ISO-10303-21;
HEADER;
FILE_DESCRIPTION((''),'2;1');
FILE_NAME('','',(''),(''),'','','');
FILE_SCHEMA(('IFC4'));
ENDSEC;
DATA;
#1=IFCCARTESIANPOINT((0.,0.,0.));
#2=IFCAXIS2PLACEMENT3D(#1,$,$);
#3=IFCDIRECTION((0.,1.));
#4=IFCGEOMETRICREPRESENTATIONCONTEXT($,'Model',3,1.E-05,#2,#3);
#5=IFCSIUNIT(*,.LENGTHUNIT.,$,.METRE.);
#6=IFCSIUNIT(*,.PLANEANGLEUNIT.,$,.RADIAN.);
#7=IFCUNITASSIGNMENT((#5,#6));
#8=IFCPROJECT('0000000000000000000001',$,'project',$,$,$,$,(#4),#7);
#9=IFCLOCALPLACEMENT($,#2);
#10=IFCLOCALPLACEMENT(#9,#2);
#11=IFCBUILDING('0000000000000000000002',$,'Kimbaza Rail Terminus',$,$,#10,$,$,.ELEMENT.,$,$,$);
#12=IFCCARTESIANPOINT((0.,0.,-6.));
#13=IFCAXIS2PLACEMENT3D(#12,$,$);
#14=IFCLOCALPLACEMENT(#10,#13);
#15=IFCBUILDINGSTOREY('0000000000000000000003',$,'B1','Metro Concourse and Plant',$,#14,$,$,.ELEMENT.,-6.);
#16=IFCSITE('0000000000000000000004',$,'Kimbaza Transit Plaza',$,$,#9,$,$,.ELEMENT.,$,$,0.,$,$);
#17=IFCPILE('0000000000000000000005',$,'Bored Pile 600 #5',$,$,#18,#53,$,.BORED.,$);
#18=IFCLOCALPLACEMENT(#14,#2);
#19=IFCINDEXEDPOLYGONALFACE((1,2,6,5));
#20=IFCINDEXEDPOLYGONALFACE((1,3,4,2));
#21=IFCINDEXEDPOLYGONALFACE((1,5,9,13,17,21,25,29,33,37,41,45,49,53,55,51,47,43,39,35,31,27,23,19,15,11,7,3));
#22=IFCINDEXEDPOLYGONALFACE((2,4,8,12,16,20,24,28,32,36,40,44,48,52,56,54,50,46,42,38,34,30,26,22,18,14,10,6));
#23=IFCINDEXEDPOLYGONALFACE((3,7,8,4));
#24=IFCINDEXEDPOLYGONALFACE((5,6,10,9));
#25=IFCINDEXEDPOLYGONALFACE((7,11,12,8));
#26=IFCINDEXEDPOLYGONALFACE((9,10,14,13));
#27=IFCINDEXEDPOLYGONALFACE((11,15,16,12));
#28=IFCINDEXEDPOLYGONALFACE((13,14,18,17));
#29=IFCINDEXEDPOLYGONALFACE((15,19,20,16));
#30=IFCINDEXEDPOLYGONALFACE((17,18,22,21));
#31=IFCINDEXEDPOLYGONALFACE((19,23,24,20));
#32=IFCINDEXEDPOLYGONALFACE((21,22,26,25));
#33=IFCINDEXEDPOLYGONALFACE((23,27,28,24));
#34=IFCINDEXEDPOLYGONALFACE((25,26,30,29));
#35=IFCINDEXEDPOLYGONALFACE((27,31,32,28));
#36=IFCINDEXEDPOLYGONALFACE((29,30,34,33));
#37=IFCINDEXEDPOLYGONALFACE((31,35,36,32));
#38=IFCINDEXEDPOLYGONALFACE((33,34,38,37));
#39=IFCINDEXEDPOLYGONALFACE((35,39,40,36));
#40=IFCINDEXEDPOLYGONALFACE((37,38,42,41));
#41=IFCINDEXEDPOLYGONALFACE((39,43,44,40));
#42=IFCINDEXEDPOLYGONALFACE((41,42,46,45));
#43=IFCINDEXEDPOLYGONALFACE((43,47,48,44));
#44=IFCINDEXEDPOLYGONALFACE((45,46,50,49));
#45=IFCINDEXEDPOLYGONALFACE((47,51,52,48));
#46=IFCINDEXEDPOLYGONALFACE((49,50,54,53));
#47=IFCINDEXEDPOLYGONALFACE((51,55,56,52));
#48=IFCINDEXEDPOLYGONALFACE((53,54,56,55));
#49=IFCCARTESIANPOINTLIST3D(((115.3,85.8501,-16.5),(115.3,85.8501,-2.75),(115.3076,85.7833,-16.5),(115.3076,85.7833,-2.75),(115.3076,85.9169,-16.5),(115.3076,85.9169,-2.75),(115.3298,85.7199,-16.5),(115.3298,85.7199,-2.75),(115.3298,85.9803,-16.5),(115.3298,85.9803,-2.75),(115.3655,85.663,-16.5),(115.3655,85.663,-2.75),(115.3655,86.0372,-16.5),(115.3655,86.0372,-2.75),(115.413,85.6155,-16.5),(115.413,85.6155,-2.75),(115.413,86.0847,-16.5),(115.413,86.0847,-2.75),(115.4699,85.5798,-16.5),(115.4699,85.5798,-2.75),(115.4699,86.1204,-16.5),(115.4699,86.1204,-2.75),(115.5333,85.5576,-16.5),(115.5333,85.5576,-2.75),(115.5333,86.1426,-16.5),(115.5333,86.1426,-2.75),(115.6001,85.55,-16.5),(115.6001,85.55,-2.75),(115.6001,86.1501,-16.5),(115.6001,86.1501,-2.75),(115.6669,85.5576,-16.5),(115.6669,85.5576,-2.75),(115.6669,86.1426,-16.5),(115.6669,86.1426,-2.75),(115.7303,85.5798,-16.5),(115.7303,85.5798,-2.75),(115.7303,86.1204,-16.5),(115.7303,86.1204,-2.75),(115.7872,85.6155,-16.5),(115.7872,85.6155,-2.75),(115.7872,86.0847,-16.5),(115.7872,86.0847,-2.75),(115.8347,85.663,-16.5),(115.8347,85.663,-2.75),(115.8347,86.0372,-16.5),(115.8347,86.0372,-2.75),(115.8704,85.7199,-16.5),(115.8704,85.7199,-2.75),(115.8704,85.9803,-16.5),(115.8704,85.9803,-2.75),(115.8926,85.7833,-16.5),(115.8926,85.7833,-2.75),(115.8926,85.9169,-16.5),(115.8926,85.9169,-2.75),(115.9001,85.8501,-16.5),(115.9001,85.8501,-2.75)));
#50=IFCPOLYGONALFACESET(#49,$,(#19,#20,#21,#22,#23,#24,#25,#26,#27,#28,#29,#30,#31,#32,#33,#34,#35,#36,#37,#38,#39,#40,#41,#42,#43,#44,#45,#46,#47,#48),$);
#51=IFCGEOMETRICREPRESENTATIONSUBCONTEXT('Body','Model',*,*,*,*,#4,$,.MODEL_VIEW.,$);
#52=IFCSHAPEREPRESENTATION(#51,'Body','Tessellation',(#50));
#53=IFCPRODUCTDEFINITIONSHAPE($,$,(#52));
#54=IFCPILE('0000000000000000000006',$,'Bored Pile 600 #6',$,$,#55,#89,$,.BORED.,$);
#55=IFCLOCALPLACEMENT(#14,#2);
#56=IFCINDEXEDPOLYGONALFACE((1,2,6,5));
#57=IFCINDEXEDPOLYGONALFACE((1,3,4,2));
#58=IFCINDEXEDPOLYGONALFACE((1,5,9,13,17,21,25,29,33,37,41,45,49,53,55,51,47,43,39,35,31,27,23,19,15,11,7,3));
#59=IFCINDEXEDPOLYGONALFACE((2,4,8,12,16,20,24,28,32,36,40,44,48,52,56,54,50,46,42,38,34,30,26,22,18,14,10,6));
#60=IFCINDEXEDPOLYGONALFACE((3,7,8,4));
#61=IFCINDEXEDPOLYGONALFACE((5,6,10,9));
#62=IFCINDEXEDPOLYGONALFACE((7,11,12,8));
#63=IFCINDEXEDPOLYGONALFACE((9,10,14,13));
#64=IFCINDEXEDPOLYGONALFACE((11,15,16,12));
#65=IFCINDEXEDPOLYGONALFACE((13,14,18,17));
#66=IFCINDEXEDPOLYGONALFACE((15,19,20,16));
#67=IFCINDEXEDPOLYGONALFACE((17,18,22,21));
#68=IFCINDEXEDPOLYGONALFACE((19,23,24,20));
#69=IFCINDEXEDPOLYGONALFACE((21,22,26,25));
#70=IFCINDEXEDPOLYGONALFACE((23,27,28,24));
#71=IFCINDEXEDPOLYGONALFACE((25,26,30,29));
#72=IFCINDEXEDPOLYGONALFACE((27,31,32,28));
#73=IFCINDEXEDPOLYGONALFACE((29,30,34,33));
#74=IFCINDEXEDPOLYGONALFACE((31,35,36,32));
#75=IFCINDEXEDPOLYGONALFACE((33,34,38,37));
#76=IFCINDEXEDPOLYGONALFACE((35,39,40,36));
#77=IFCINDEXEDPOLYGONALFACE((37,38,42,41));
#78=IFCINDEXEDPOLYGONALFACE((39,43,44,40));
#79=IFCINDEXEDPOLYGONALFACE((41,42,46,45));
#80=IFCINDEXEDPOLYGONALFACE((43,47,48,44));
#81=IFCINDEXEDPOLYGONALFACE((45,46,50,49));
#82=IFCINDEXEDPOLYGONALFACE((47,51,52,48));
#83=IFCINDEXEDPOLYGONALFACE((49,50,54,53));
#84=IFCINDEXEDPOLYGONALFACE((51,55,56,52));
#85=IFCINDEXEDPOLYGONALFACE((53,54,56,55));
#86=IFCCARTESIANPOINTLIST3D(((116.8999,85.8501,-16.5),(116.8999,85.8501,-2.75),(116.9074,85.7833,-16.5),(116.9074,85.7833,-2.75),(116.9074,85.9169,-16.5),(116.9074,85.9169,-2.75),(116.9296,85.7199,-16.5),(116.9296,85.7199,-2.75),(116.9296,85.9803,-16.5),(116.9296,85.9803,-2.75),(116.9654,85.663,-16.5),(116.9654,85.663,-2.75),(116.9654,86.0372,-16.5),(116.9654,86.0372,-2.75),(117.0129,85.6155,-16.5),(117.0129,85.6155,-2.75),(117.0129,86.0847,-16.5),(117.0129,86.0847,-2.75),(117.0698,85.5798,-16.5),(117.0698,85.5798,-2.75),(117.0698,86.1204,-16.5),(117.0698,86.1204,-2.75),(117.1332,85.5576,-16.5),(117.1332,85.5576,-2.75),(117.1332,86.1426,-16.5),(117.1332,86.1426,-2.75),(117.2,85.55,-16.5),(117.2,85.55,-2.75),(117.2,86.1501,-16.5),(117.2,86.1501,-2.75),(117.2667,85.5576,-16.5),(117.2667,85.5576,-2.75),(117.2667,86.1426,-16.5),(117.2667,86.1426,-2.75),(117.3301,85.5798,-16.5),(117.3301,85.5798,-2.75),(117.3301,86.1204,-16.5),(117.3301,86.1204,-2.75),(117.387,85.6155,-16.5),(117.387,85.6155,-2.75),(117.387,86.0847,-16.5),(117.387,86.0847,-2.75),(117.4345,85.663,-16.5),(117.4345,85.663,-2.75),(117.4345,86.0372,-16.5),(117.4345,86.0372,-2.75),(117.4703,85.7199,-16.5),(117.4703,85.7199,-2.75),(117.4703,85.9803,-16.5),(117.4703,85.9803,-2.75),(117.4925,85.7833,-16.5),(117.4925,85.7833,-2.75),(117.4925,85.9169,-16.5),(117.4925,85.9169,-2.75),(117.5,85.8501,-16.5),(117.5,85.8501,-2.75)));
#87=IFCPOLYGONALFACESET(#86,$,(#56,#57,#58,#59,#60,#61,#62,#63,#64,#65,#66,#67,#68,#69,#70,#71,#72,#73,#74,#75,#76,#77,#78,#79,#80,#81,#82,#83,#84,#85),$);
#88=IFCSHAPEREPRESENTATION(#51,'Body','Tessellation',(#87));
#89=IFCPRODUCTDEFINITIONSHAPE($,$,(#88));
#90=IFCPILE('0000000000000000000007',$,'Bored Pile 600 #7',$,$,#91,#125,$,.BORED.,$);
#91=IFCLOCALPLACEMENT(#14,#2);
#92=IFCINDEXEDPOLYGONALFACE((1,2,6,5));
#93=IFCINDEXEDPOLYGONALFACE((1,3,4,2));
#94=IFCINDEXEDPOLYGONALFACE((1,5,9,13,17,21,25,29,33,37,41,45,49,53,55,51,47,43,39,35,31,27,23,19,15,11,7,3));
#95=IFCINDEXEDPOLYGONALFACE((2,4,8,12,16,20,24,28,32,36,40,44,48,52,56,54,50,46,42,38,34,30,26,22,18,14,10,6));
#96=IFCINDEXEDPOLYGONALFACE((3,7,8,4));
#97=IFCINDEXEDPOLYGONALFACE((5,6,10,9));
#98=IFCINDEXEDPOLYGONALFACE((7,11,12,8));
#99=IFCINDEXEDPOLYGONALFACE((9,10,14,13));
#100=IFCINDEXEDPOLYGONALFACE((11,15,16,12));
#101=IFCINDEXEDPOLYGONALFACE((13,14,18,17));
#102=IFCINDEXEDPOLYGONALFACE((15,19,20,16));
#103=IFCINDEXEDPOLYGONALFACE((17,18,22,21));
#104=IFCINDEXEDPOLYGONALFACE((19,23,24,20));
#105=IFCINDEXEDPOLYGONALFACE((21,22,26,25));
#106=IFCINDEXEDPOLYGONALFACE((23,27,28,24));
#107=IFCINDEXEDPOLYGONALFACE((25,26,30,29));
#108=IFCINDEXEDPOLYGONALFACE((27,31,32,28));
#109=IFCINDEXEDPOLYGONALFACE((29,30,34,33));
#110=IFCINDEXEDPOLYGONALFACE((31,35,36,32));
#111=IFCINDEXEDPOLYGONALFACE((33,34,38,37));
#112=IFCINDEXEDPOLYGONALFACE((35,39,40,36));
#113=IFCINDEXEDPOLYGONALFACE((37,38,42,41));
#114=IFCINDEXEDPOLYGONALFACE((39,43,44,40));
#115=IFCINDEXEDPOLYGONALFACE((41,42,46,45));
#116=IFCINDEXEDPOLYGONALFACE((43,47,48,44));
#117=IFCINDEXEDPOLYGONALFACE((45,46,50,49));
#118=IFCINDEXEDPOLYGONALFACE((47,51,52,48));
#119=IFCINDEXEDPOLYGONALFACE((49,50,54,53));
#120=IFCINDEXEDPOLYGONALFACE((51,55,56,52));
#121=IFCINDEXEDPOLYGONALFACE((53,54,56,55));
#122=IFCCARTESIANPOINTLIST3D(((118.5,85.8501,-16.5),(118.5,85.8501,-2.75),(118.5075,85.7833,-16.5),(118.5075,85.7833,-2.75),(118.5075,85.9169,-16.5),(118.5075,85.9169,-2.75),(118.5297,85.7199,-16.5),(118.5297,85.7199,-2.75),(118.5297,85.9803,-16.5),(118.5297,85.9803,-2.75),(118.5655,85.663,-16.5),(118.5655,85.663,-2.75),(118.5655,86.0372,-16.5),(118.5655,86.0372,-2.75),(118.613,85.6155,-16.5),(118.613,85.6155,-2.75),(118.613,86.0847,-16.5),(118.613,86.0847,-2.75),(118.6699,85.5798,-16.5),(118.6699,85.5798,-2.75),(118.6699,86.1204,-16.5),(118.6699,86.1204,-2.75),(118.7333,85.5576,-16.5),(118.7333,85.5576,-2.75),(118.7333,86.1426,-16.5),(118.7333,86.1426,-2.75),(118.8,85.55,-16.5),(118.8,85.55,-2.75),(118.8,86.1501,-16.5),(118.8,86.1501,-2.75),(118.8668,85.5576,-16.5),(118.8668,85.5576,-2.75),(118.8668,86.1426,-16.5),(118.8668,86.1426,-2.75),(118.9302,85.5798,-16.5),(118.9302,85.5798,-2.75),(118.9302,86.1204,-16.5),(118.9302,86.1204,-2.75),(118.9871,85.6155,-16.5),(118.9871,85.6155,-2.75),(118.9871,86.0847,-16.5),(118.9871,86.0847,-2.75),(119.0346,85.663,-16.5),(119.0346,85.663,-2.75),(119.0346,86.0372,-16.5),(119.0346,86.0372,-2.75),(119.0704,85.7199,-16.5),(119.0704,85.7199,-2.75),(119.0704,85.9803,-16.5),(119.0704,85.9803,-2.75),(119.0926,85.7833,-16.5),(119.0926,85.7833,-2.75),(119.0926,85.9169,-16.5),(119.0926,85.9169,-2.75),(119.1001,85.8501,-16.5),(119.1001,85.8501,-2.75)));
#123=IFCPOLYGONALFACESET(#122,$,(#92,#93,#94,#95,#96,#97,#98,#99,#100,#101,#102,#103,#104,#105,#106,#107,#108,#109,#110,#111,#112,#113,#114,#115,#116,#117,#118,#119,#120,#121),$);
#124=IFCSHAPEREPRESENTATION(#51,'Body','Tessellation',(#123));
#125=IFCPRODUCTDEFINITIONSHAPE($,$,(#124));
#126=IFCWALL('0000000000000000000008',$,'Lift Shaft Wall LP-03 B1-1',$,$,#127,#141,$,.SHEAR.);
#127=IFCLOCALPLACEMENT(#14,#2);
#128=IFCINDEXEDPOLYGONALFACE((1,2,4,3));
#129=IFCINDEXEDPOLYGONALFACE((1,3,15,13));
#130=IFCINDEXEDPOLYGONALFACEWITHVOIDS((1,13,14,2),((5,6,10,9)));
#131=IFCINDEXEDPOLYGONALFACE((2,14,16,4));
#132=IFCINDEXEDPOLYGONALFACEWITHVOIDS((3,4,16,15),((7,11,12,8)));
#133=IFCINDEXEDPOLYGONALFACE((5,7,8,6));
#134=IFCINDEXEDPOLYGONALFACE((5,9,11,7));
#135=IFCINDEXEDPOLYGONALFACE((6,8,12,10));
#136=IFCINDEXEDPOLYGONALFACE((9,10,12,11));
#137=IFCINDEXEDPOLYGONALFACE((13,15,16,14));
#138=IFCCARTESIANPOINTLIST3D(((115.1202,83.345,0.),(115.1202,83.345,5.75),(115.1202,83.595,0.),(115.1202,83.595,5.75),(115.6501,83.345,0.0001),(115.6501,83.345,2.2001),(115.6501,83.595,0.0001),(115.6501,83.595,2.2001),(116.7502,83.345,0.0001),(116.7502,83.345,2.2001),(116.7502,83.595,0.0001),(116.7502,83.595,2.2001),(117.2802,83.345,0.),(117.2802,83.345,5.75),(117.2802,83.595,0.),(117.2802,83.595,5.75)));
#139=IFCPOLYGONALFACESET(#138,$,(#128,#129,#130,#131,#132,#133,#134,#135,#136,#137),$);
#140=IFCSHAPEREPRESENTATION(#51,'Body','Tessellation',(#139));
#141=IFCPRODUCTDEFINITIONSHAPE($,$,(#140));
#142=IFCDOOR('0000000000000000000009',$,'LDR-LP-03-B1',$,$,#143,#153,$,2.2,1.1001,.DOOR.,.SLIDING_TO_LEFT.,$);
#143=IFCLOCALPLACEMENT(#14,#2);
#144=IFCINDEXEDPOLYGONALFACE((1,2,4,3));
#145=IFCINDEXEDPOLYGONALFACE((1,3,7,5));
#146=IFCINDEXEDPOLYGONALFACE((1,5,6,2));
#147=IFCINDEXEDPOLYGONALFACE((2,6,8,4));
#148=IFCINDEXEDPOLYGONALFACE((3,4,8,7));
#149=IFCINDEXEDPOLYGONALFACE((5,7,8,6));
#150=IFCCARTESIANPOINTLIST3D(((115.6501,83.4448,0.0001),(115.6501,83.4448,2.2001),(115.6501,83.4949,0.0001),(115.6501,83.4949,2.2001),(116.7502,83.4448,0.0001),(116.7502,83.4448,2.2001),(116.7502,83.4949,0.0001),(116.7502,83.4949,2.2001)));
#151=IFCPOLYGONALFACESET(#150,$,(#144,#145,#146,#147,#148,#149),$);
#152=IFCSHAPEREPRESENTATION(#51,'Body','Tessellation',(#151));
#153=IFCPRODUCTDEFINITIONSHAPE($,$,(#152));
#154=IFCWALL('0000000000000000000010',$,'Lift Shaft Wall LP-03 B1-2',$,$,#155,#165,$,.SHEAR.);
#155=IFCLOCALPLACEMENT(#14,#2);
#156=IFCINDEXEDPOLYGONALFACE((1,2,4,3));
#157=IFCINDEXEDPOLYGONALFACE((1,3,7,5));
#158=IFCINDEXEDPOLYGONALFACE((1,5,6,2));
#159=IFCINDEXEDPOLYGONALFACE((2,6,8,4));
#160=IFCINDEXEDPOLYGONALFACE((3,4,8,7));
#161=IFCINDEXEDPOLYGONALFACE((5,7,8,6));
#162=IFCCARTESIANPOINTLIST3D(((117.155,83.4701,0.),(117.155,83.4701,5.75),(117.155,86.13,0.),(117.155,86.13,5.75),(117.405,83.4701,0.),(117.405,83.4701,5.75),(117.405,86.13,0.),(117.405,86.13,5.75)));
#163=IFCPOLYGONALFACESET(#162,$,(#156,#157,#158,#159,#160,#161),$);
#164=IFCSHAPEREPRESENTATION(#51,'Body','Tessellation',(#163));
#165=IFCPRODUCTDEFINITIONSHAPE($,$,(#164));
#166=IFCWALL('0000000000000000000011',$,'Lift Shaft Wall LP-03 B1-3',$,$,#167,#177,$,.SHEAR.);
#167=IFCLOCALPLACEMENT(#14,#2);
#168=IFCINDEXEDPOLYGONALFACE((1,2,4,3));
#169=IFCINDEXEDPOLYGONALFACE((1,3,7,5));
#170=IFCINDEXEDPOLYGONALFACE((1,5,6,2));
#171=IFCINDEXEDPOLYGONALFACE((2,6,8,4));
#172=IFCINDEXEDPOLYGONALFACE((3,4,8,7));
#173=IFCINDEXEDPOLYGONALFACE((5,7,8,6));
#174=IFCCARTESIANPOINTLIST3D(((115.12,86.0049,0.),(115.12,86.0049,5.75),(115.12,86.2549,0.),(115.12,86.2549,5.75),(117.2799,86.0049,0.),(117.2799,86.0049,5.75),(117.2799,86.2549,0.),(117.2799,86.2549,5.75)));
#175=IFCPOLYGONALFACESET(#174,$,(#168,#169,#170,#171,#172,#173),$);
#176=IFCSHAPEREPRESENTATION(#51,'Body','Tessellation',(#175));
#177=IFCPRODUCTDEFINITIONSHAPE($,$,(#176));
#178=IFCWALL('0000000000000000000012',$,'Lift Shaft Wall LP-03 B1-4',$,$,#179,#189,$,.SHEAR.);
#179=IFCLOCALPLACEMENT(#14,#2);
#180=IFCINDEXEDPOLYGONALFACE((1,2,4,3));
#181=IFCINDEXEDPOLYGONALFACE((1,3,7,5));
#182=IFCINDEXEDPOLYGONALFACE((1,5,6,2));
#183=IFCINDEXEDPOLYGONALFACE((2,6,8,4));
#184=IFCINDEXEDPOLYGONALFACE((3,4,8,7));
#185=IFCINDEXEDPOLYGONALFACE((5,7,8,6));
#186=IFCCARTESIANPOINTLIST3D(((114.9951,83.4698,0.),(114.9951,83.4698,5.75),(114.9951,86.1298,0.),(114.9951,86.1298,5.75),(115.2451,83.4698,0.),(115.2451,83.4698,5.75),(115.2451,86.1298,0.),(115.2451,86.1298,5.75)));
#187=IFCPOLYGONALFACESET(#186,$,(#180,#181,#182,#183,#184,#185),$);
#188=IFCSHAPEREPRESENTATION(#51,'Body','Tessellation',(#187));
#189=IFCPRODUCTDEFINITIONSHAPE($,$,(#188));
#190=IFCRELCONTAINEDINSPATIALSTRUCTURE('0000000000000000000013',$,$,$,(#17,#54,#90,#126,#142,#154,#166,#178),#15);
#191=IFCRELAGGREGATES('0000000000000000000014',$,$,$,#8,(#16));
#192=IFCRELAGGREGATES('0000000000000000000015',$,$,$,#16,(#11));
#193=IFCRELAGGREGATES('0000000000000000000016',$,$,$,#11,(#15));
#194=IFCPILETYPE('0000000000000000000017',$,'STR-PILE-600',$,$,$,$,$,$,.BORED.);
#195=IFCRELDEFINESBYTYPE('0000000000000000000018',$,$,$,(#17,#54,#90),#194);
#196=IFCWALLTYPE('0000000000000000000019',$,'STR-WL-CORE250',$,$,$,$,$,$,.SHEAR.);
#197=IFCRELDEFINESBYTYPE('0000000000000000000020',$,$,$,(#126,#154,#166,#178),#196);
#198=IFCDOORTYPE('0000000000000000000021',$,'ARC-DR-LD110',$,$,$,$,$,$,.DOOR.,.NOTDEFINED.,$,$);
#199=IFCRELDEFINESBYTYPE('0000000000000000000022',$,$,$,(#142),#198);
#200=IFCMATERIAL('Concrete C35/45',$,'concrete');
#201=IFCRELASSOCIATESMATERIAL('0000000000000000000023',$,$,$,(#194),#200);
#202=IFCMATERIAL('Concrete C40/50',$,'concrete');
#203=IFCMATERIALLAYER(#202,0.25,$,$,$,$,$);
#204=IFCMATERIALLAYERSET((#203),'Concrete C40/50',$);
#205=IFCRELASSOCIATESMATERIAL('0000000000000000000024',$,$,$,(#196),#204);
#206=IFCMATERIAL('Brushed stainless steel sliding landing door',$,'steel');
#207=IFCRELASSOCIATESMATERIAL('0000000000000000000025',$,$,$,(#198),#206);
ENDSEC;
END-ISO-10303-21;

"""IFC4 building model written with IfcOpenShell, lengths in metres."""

from ifc_helpers import new_model, si_unit, direction, frame, frame_2d, origin, origin_2d, place, context, subcontext, project, spatial, rectangle, circle, extrude, material, layer, layer_set, material_profile, profile_set, type_object, element, fill, save


model = new_model("IFC4")

# Units and contexts
model_context = context("Model", 3, precision=1e-05, world=origin(), true_north=direction((0.0, 1.0)))
body_context = subcontext(model_context, "Body", "Model", "MODEL_VIEW")
ifc_project = project(units=[si_unit("LENGTHUNIT", "METRE"), si_unit("PLANEANGLEUNIT", "RADIAN")], contexts=[model_context])

# Site, building, storey
site_placement = place(None, origin())
site = spatial("IfcSite", under=ifc_project, at=site_placement, Name="Kimbaza Transit Plaza", CompositionType="ELEMENT", RefElevation=0.0)
building_placement = place(site_placement, origin())
building = spatial("IfcBuilding", under=site, at=building_placement, Name="Kimbaza Rail Terminus", CompositionType="ELEMENT")
storey_placement = place(building_placement, frame((0.0, 0.0, -6.0)))
storey = spatial("IfcBuildingStorey", under=building, at=storey_placement, Name="B1", Description="Metro Concourse and Plant", CompositionType="ELEMENT", Elevation=-6.0)

# Piles
ifc_material_1 = material(Name="Concrete C35/45", Category="concrete")
ifc_material_profile_1 = material_profile(ifc_material_1, circle(Radius=0.3, at=origin_2d()), Name="BORED PILE 600")
ifc_profile_set_1 = profile_set([ifc_material_profile_1], Name="Concrete C35/45")
pile_type_1 = type_object("IfcPileType", Name="STR-PILE-600", PredefinedType="BORED", material=ifc_profile_set_1)
for number, where, z_axis, x_axis, name in (
    (1, (115.6001, 85.8501, -2.75), (0.0, 0.0, -1.0), (1.0, 0.0, 0.0), "Bored Pile 600 #5"),
    (2, (117.2, 85.8501, -2.75), (0.0, 0.0, -1.0), (1.0, 0.0, 0.0), "Bored Pile 600 #6"),
    (3, (118.8, 85.8501, -2.75), (0.0, 0.0, -1.0), (1.0, 0.0, 0.0), "Bored Pile 600 #7"),
):
    element("IfcPile", number, at=place(storey_placement, frame(where, z_axis=z_axis, x_axis=x_axis)), inside=storey, type_object=pile_type_1, Name=name, PredefinedType="BORED", context=body_context, shape_type="SweptSolid", body=[
        extrude(circle(Radius=0.3, at=origin_2d()), origin(), (0.0, 0.0, 1.0), 13.75),
    ])

# Wall, opening, door
ifc_material_2 = material(Name="Concrete C40/50", Category="concrete")
ifc_layer_1 = layer(ifc_material_2, 0.25)
ifc_layer_set_1 = layer_set([ifc_layer_1], Name="Concrete C40/50")
wall_type_1 = type_object("IfcWallType", Name="STR-WL-CORE250", PredefinedType="SHEAR", material=ifc_layer_set_1)
wall_1_placement = place(storey_placement, frame((115.1201, 83.47, 0.0), z_axis=(0.0, 0.0, 1.0), x_axis=(1.0, 0.0, 0.0)))
wall_1 = element("IfcWall", 4, at=wall_1_placement, inside=storey, type_object=wall_type_1, Name="Lift Shaft Wall LP-03 B1-1", PredefinedType="SHEAR", context=body_context, shape_type="SweptSolid", body=[
    extrude(rectangle(XDim=2.1599, YDim=0.25, at=frame_2d((1.0801, 0.0))), origin(), (0.0, 0.0, 1.0), 5.75),
])
opening_1_placement = place(wall_1_placement, frame((0.53, 0.0, 0.0)))
opening_1 = element("IfcOpeningElement", 5, at=opening_1_placement, cuts=wall_1, PredefinedType="OPENING", context=body_context, shape_type="SweptSolid", body=[
    extrude(rectangle(XDim=1.1001, YDim=2.2, at=frame_2d((0.55, 1.1001))), frame((0.0, 0.135, 0.0), z_axis=(0.0, -1.0, 0.0), x_axis=(1.0, 0.0, 0.0)), (0.0, 0.0, 1.0), 0.27),
])
ifc_material_3 = material(Name="Brushed stainless steel sliding landing door", Category="steel")
door_type = type_object("IfcDoorType", Name="ARC-DR-LD110", OperationType="NOTDEFINED", PredefinedType="DOOR", material=ifc_material_3)
door_1_placement = place(opening_1_placement, origin())
door_1 = element("IfcDoor", 6, at=door_1_placement, inside=storey, type_object=door_type, Name="LDR-LP-03-B1", OperationType="SLIDING_TO_LEFT", OverallHeight=2.2, OverallWidth=1.1001, PredefinedType="DOOR", context=body_context, shape_type="SweptSolid", body=[
    extrude(rectangle(XDim=1.1001, YDim=2.2, at=frame_2d((0.55, 1.1001))), frame((0.0, 0.0249, 0.0), z_axis=(0.0, -1.0, 0.0), x_axis=(1.0, 0.0, 0.0)), (0.0, 0.0, 1.0), 0.05),
])
fill(opening_1, door_1)

# Walls
wall_2_placement = place(storey_placement, frame((117.28, 83.47, 0.0), z_axis=(0.0, 0.0, 1.0), x_axis=(0.0, 1.0, 0.0)))
element("IfcWall", 7, at=wall_2_placement, inside=storey, type_object=wall_type_1, Name="Lift Shaft Wall LP-03 B1-2", PredefinedType="SHEAR", context=body_context, shape_type="SweptSolid", body=[
    extrude(rectangle(XDim=2.6599, YDim=0.25, at=frame_2d((1.3301, 0.0))), origin(), (0.0, 0.0, 1.0), 5.75),
])
wall_3_placement = place(storey_placement, frame((117.28, 86.1299, 0.0), z_axis=(0.0, 0.0, 1.0), x_axis=(-1.0, 0.0, 0.0)))
element("IfcWall", 8, at=wall_3_placement, inside=storey, type_object=wall_type_1, Name="Lift Shaft Wall LP-03 B1-3", PredefinedType="SHEAR", context=body_context, shape_type="SweptSolid", body=[
    extrude(rectangle(XDim=2.1599, YDim=0.25, at=frame_2d((1.0801, 0.0))), origin(), (0.0, 0.0, 1.0), 5.75),
])
wall_4_placement = place(storey_placement, frame((115.1201, 86.1299, 0.0), z_axis=(0.0, 0.0, 1.0), x_axis=(0.0, -1.0, 0.0)))
element("IfcWall", 9, at=wall_4_placement, inside=storey, type_object=wall_type_1, Name="Lift Shaft Wall LP-03 B1-4", PredefinedType="SHEAR", context=body_context, shape_type="SweptSolid", body=[
    extrude(rectangle(XDim=2.6599, YDim=0.25, at=frame_2d((1.3301, 0.0))), origin(), (0.0, 0.0, 1.0), 5.75),
])

save(model, "model.ifc")
